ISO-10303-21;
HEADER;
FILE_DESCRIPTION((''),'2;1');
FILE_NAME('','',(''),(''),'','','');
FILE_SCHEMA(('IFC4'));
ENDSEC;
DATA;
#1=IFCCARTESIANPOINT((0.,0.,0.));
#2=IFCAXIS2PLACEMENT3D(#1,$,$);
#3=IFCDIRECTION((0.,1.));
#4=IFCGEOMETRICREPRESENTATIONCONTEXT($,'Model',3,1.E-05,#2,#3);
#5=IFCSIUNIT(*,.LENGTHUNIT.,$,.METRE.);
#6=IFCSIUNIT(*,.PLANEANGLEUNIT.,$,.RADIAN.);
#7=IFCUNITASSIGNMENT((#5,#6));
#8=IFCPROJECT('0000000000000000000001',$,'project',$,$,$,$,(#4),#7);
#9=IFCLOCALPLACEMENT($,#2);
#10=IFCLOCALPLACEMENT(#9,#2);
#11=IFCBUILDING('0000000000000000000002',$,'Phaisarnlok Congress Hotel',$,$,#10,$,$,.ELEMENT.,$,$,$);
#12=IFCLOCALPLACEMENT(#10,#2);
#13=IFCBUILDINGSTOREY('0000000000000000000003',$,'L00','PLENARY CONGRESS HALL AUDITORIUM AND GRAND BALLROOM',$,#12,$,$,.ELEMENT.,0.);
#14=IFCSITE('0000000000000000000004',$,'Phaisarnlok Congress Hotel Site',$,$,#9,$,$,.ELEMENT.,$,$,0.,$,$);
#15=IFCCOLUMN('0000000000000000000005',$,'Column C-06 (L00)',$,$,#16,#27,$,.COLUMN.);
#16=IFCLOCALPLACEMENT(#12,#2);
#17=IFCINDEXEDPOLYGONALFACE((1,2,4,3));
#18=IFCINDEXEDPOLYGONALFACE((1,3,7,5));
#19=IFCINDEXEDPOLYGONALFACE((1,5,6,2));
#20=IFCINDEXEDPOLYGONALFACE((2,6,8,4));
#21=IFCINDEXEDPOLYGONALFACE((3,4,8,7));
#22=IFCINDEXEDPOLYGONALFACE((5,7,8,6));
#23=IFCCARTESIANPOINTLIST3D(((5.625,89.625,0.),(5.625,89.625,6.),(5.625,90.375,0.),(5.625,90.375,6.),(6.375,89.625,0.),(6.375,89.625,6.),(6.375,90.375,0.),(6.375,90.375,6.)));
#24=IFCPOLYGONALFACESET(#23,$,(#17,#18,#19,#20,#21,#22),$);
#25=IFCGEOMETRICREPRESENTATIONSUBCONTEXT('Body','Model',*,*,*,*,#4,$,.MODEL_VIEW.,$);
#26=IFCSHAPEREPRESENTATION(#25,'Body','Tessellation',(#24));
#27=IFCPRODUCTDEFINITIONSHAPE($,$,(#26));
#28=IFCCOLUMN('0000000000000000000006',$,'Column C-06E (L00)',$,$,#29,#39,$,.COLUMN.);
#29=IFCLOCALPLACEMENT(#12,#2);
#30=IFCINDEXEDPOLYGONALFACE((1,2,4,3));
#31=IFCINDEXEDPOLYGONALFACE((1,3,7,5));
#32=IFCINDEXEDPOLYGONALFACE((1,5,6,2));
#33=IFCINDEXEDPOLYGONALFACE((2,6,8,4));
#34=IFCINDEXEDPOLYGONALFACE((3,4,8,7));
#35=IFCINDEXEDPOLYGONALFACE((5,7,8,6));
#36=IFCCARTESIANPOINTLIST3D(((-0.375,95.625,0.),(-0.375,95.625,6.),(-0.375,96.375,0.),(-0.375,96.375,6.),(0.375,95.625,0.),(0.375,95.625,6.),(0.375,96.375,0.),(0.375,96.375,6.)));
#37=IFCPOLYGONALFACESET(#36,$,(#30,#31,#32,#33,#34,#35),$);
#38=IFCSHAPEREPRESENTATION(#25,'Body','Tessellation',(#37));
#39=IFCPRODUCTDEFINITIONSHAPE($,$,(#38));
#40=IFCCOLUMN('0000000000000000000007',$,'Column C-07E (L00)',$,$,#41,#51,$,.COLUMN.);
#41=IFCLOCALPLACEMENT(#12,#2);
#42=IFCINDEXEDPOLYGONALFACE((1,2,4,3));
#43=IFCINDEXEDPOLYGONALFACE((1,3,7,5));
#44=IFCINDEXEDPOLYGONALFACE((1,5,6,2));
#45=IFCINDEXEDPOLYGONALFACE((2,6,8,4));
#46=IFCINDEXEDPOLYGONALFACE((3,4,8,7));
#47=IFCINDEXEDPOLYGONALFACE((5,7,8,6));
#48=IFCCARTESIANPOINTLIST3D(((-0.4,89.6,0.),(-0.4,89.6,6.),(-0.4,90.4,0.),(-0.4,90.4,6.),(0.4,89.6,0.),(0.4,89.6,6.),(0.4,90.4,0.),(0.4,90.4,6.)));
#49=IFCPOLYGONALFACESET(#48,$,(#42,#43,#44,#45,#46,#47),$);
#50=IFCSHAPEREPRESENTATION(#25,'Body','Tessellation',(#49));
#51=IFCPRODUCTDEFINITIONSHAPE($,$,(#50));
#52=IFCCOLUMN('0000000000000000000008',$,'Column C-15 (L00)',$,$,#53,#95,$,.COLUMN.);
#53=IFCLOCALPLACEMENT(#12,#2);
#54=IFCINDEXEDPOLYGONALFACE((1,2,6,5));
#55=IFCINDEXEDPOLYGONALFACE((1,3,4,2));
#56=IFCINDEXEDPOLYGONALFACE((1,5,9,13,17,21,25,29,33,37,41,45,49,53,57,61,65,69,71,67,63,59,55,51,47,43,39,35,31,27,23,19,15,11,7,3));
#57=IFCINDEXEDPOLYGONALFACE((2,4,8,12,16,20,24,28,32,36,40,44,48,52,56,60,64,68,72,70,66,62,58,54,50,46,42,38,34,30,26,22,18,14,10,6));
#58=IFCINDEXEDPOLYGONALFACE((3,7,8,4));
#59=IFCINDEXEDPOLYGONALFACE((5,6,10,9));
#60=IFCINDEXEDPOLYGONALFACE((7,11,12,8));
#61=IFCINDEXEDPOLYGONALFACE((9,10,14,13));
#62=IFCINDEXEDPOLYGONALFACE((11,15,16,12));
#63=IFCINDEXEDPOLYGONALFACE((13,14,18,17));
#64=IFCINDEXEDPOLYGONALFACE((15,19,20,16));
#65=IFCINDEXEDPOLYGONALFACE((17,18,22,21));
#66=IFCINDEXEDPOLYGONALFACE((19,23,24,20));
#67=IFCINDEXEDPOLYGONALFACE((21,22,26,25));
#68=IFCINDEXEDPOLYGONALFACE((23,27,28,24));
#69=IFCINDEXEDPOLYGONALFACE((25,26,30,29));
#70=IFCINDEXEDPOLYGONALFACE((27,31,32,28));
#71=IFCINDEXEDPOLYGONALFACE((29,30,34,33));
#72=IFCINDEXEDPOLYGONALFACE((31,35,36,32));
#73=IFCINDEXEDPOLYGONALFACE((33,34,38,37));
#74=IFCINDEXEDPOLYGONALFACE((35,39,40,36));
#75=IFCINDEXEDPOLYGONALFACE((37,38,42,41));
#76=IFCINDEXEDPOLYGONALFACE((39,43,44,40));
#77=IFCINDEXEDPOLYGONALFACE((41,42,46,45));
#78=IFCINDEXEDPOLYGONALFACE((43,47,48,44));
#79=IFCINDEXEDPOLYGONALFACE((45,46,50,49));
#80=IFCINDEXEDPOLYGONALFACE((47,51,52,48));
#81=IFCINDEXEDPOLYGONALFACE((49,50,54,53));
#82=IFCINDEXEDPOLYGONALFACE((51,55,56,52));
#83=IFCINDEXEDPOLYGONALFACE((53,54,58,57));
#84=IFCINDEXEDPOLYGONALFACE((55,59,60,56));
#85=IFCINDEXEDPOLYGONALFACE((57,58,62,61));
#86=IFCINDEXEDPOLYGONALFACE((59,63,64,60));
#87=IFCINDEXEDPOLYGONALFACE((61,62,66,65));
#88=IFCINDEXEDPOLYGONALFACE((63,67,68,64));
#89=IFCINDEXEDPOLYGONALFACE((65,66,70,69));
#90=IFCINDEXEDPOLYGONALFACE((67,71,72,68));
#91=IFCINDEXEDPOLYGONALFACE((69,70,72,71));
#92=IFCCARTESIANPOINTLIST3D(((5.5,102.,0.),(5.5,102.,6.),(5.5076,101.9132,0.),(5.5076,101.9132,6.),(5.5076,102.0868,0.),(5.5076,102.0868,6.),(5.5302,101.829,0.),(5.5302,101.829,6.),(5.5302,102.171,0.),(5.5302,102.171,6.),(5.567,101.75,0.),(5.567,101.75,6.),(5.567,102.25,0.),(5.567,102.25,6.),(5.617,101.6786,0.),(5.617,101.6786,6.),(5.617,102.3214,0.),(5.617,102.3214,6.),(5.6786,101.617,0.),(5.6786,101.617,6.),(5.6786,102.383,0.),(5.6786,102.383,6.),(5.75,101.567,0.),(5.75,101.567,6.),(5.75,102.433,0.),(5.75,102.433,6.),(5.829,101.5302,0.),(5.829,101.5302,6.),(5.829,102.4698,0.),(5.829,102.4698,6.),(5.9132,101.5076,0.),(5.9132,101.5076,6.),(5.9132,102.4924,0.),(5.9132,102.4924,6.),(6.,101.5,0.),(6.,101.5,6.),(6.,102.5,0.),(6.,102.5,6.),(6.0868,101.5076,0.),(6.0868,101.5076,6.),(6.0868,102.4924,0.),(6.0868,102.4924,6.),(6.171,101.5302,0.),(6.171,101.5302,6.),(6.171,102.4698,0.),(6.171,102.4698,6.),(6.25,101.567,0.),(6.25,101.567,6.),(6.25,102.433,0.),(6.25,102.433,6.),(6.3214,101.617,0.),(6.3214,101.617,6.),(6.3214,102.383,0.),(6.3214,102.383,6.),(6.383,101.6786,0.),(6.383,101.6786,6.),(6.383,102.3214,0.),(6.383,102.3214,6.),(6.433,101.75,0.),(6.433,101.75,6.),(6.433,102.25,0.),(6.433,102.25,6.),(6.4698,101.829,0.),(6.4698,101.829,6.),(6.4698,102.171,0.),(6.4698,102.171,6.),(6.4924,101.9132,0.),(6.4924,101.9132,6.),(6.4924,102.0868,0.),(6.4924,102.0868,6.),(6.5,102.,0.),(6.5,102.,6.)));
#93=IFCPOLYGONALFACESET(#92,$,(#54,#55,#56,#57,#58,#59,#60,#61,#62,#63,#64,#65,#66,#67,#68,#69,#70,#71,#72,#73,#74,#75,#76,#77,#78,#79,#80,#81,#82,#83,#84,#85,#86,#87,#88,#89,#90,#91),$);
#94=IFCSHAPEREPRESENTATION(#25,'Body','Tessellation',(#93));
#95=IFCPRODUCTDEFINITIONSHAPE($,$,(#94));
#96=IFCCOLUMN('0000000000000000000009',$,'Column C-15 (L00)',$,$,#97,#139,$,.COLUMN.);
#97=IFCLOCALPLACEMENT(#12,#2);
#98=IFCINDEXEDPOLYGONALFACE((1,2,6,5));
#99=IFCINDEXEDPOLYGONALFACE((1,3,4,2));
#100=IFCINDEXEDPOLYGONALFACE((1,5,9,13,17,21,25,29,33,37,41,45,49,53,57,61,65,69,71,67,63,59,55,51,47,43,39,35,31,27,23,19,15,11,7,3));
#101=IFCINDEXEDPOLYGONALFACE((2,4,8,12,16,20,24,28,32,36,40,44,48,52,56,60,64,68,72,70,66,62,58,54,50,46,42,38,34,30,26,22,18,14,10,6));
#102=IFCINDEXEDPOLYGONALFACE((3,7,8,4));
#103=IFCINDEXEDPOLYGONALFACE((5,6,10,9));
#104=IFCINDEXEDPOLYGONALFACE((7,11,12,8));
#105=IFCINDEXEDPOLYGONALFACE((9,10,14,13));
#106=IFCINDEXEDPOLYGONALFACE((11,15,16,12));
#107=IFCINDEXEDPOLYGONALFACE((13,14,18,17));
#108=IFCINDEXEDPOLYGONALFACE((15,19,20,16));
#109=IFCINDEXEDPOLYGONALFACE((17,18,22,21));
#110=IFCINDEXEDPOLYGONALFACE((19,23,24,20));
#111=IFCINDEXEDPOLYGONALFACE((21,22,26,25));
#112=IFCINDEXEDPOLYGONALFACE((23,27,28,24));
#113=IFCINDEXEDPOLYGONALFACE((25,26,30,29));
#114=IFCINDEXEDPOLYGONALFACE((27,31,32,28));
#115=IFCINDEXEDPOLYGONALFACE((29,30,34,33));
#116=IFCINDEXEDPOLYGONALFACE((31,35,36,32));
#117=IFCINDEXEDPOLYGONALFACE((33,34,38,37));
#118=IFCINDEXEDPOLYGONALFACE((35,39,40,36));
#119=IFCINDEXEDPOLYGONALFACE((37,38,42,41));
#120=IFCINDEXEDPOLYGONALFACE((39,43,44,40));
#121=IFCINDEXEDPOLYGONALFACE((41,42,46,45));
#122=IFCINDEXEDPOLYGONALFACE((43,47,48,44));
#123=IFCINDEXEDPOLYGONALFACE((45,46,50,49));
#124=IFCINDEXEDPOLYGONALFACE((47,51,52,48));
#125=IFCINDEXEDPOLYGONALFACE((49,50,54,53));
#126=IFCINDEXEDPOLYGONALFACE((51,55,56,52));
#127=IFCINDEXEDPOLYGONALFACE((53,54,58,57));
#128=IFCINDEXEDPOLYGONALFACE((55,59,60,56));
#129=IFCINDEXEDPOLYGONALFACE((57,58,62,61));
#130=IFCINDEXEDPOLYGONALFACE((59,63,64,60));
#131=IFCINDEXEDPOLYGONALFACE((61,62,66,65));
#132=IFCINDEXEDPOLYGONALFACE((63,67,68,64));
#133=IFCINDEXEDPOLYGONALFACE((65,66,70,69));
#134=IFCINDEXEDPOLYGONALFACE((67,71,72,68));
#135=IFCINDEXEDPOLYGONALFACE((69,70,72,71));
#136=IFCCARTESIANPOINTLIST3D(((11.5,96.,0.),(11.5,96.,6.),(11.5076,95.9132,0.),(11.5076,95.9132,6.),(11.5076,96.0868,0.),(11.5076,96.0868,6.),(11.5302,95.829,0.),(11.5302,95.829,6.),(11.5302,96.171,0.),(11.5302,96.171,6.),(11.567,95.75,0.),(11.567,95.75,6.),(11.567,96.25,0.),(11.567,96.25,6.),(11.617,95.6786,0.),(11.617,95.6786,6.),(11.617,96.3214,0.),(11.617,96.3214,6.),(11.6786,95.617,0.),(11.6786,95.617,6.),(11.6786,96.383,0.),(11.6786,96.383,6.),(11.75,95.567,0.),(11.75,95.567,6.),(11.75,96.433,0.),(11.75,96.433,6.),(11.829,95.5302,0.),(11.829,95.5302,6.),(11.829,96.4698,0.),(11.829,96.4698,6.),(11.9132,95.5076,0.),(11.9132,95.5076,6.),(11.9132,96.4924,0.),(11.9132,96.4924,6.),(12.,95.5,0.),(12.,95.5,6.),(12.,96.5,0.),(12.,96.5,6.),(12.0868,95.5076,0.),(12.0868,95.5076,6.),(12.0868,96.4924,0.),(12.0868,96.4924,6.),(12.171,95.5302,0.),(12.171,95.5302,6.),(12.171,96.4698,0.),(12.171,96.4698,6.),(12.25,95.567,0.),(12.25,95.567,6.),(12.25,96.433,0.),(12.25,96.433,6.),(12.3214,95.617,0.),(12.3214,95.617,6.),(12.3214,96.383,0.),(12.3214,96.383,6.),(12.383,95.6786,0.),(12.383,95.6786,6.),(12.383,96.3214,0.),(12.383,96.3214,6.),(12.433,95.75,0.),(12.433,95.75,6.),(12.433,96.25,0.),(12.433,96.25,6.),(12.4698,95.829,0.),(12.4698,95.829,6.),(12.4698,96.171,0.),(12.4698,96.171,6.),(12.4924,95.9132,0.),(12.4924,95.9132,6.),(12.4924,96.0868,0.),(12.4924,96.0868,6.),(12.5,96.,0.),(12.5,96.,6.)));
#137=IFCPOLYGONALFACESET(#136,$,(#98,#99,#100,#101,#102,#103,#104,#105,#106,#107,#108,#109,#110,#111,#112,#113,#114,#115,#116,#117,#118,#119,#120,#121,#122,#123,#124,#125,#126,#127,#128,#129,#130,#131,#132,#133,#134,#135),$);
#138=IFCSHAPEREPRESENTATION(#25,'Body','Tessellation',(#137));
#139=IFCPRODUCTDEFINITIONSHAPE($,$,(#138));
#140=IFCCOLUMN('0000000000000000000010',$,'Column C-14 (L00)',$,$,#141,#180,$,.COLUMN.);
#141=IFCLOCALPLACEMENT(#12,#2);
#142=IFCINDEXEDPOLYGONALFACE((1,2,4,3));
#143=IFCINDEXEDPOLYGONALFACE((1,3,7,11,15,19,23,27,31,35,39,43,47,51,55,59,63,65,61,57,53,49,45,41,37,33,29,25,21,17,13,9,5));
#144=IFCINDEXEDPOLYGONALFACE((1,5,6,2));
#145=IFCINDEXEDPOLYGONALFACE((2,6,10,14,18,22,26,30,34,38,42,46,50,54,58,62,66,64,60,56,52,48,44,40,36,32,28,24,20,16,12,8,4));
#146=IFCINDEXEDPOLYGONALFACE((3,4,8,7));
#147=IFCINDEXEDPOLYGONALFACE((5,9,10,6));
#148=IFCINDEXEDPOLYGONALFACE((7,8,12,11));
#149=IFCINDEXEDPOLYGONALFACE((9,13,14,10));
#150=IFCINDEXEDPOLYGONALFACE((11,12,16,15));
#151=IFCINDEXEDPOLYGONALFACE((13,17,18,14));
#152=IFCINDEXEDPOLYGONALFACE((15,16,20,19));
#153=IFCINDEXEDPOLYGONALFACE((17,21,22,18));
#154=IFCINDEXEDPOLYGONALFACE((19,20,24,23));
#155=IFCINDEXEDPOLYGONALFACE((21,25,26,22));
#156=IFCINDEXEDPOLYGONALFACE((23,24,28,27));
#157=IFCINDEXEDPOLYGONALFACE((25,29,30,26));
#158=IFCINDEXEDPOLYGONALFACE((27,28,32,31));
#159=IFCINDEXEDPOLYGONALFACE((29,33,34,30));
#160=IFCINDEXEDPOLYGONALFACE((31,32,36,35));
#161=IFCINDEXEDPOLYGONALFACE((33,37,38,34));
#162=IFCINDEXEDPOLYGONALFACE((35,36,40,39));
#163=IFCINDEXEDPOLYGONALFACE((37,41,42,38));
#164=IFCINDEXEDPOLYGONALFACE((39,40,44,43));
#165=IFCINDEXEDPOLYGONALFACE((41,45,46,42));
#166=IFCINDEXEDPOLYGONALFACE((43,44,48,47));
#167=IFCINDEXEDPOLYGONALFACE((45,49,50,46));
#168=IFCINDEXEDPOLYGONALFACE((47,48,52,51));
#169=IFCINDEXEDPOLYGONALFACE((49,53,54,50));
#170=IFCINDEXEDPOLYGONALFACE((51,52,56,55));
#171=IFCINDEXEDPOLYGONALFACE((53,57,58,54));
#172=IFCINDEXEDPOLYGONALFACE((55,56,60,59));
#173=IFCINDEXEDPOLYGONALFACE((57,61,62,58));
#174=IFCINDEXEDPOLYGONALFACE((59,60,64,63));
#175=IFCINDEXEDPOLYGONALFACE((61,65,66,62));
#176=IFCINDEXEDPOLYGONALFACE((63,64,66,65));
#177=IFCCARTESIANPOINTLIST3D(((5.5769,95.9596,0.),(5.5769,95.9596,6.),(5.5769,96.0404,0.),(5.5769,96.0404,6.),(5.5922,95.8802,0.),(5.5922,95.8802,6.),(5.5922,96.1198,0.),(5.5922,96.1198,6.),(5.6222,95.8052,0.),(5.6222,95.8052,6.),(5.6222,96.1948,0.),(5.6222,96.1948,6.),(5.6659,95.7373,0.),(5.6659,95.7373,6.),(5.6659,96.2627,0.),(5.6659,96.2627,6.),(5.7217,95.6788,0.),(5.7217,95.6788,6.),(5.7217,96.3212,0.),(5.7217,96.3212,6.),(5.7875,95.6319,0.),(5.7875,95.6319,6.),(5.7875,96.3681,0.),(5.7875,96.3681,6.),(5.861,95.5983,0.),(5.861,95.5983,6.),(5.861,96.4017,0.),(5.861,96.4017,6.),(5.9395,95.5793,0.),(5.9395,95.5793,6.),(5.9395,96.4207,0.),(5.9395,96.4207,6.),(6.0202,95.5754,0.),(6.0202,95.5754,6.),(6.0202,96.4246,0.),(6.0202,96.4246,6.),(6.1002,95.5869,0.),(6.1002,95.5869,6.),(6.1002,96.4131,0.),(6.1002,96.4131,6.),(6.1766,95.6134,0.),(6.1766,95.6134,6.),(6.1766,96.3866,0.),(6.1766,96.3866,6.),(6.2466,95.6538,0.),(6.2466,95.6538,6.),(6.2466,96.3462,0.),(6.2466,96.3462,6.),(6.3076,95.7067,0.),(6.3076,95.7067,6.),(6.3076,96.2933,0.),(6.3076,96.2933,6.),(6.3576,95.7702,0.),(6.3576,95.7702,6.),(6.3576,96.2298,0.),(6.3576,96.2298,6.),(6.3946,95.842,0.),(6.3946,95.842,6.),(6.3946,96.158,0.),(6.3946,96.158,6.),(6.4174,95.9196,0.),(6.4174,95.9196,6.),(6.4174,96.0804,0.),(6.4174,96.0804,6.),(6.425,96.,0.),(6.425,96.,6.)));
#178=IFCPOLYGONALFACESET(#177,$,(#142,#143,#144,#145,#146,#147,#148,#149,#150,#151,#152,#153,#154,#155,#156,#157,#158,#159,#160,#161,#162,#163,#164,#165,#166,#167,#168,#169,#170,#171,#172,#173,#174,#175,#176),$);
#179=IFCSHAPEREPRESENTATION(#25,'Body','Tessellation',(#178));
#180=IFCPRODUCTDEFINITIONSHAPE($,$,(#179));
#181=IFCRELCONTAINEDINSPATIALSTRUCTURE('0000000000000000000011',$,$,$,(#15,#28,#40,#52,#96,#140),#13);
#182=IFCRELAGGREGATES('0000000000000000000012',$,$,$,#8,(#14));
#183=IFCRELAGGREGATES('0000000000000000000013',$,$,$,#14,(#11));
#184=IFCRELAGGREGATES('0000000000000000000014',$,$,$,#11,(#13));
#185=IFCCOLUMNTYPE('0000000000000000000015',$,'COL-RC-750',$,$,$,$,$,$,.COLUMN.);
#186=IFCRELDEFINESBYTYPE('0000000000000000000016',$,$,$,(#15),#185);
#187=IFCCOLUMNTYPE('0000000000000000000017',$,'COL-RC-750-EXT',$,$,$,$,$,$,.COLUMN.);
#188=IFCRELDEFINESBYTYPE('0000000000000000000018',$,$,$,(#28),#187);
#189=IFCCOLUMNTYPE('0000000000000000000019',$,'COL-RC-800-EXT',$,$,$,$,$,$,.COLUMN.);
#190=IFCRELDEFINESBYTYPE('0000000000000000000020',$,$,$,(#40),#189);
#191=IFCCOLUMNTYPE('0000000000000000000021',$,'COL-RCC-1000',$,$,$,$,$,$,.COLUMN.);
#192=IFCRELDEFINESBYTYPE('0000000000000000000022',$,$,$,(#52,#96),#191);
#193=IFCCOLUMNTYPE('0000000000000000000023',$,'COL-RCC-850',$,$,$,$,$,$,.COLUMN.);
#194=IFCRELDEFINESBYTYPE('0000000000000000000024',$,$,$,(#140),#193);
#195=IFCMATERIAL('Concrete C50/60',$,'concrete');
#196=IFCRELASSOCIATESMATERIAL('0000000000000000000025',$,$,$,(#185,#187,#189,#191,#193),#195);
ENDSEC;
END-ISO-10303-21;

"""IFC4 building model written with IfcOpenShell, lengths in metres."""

from ifc_helpers import new_model, si_unit, direction, frame, origin, origin_2d, place, context, subcontext, project, spatial, rectangle, circle, extrude, material, material_profile, profile_set, type_object, element, save


model = new_model("IFC4")

# Units and contexts
model_context = context("Model", 3, precision=1e-05, world=origin(), true_north=direction((0.0, 1.0)))
body_context = subcontext(model_context, "Body", "Model", "MODEL_VIEW")
ifc_project = project(units=[si_unit("LENGTHUNIT", "METRE"), si_unit("PLANEANGLEUNIT", "RADIAN")], contexts=[model_context])

# Site, building, storey
site_placement = place(None, origin())
site = spatial("IfcSite", under=ifc_project, at=site_placement, Name="Phaisarnlok Congress Hotel Site", CompositionType="ELEMENT", RefElevation=0.0)
building_placement = place(site_placement, origin())
building = spatial("IfcBuilding", under=site, at=building_placement, Name="Phaisarnlok Congress Hotel", CompositionType="ELEMENT")
storey_placement = place(building_placement, origin())
storey = spatial("IfcBuildingStorey", under=building, at=storey_placement, Name="L00", Description="PLENARY CONGRESS HALL AUDITORIUM AND GRAND BALLROOM", CompositionType="ELEMENT", Elevation=0.0)

# Columns
ifc_material_1 = material(Name="Concrete C50/60", Category="concrete")
ifc_material_profile_1 = material_profile(ifc_material_1, rectangle(XDim=0.75, YDim=0.75, at=origin_2d()), Name="RC 750x750")
ifc_profile_set_1 = profile_set([ifc_material_profile_1], Name="Concrete C50/60")
column_type_1 = type_object("IfcColumnType", Name="COL-RC-750", PredefinedType="COLUMN", material=ifc_profile_set_1)
column_1_placement = place(storey_placement, frame((6.0, 90.0, 0.0), z_axis=(0.0, 0.0, 1.0), x_axis=(1.0, 0.0, 0.0)))
element("IfcColumn", 1, at=column_1_placement, inside=storey, type_object=column_type_1, Name="Column C-06 (L00)", PredefinedType="COLUMN", context=body_context, shape_type="SweptSolid", body=[
    extrude(rectangle(XDim=0.75, YDim=0.75, at=origin_2d()), origin(), (0.0, 0.0, 1.0), 6.0),
])
ifc_material_profile_2 = material_profile(ifc_material_1, rectangle(XDim=0.75, YDim=0.75, at=origin_2d()), Name="RC 750x750")
ifc_profile_set_2 = profile_set([ifc_material_profile_2], Name="Concrete C50/60")
column_type_2 = type_object("IfcColumnType", Name="COL-RC-750-EXT", PredefinedType="COLUMN", material=ifc_profile_set_2)
column_2_placement = place(storey_placement, frame((0.0, 96.0, 0.0), z_axis=(0.0, 0.0, 1.0), x_axis=(1.0, 0.0, 0.0)))
element("IfcColumn", 2, at=column_2_placement, inside=storey, type_object=column_type_2, Name="Column C-06E (L00)", PredefinedType="COLUMN", context=body_context, shape_type="SweptSolid", body=[
    extrude(rectangle(XDim=0.75, YDim=0.75, at=origin_2d()), origin(), (0.0, 0.0, 1.0), 6.0),
])
ifc_material_profile_3 = material_profile(ifc_material_1, rectangle(XDim=0.8, YDim=0.8, at=origin_2d()), Name="RC 800x800")
ifc_profile_set_3 = profile_set([ifc_material_profile_3], Name="Concrete C50/60")
column_type_3 = type_object("IfcColumnType", Name="COL-RC-800-EXT", PredefinedType="COLUMN", material=ifc_profile_set_3)
column_3_placement = place(storey_placement, frame((0.0, 90.0, 0.0), z_axis=(0.0, 0.0, 1.0), x_axis=(1.0, 0.0, 0.0)))
element("IfcColumn", 3, at=column_3_placement, inside=storey, type_object=column_type_3, Name="Column C-07E (L00)", PredefinedType="COLUMN", context=body_context, shape_type="SweptSolid", body=[
    extrude(rectangle(XDim=0.8, YDim=0.8, at=origin_2d()), origin(), (0.0, 0.0, 1.0), 6.0),
])
ifc_material_profile_4 = material_profile(ifc_material_1, circle(Radius=0.5, at=origin_2d()), Name="RCC D1000")
ifc_profile_set_4 = profile_set([ifc_material_profile_4], Name="Concrete C50/60")
column_type_4 = type_object("IfcColumnType", Name="COL-RCC-1000", PredefinedType="COLUMN", material=ifc_profile_set_4)
for number, where, z_axis, x_axis, name in (
    (4, (6.0, 102.0, 0.0), (0.0, 0.0, 1.0), (1.0, 0.0, 0.0), "Column C-15 (L00)"),
    (5, (12.0, 96.0, 0.0), (0.0, 0.0, 1.0), (1.0, 0.0, 0.0), "Column C-15 (L00)"),
):
    element("IfcColumn", number, at=place(storey_placement, frame(where, z_axis=z_axis, x_axis=x_axis)), inside=storey, type_object=column_type_4, Name=name, PredefinedType="COLUMN", context=body_context, shape_type="SweptSolid", body=[
        extrude(circle(Radius=0.5, at=origin_2d()), origin(), (0.0, 0.0, 1.0), 6.0),
    ])
ifc_material_profile_5 = material_profile(ifc_material_1, circle(Radius=0.425, at=origin_2d()), Name="RCC D850")
ifc_profile_set_5 = profile_set([ifc_material_profile_5], Name="Concrete C50/60")
column_type_5 = type_object("IfcColumnType", Name="COL-RCC-850", PredefinedType="COLUMN", material=ifc_profile_set_5)
for number, where, z_axis, x_axis, name in (
    (6, (6.0, 96.0, 0.0), (0.0, 0.0, 1.0), (1.0, 0.0, 0.0), "Column C-14 (L00)"),
):
    element("IfcColumn", number, at=place(storey_placement, frame(where, z_axis=z_axis, x_axis=x_axis)), inside=storey, type_object=column_type_5, Name=name, PredefinedType="COLUMN", context=body_context, shape_type="SweptSolid", body=[
        extrude(circle(Radius=0.425, at=origin_2d()), origin(), (0.0, 0.0, 1.0), 6.0),
    ])

save(model, "model.ifc")
